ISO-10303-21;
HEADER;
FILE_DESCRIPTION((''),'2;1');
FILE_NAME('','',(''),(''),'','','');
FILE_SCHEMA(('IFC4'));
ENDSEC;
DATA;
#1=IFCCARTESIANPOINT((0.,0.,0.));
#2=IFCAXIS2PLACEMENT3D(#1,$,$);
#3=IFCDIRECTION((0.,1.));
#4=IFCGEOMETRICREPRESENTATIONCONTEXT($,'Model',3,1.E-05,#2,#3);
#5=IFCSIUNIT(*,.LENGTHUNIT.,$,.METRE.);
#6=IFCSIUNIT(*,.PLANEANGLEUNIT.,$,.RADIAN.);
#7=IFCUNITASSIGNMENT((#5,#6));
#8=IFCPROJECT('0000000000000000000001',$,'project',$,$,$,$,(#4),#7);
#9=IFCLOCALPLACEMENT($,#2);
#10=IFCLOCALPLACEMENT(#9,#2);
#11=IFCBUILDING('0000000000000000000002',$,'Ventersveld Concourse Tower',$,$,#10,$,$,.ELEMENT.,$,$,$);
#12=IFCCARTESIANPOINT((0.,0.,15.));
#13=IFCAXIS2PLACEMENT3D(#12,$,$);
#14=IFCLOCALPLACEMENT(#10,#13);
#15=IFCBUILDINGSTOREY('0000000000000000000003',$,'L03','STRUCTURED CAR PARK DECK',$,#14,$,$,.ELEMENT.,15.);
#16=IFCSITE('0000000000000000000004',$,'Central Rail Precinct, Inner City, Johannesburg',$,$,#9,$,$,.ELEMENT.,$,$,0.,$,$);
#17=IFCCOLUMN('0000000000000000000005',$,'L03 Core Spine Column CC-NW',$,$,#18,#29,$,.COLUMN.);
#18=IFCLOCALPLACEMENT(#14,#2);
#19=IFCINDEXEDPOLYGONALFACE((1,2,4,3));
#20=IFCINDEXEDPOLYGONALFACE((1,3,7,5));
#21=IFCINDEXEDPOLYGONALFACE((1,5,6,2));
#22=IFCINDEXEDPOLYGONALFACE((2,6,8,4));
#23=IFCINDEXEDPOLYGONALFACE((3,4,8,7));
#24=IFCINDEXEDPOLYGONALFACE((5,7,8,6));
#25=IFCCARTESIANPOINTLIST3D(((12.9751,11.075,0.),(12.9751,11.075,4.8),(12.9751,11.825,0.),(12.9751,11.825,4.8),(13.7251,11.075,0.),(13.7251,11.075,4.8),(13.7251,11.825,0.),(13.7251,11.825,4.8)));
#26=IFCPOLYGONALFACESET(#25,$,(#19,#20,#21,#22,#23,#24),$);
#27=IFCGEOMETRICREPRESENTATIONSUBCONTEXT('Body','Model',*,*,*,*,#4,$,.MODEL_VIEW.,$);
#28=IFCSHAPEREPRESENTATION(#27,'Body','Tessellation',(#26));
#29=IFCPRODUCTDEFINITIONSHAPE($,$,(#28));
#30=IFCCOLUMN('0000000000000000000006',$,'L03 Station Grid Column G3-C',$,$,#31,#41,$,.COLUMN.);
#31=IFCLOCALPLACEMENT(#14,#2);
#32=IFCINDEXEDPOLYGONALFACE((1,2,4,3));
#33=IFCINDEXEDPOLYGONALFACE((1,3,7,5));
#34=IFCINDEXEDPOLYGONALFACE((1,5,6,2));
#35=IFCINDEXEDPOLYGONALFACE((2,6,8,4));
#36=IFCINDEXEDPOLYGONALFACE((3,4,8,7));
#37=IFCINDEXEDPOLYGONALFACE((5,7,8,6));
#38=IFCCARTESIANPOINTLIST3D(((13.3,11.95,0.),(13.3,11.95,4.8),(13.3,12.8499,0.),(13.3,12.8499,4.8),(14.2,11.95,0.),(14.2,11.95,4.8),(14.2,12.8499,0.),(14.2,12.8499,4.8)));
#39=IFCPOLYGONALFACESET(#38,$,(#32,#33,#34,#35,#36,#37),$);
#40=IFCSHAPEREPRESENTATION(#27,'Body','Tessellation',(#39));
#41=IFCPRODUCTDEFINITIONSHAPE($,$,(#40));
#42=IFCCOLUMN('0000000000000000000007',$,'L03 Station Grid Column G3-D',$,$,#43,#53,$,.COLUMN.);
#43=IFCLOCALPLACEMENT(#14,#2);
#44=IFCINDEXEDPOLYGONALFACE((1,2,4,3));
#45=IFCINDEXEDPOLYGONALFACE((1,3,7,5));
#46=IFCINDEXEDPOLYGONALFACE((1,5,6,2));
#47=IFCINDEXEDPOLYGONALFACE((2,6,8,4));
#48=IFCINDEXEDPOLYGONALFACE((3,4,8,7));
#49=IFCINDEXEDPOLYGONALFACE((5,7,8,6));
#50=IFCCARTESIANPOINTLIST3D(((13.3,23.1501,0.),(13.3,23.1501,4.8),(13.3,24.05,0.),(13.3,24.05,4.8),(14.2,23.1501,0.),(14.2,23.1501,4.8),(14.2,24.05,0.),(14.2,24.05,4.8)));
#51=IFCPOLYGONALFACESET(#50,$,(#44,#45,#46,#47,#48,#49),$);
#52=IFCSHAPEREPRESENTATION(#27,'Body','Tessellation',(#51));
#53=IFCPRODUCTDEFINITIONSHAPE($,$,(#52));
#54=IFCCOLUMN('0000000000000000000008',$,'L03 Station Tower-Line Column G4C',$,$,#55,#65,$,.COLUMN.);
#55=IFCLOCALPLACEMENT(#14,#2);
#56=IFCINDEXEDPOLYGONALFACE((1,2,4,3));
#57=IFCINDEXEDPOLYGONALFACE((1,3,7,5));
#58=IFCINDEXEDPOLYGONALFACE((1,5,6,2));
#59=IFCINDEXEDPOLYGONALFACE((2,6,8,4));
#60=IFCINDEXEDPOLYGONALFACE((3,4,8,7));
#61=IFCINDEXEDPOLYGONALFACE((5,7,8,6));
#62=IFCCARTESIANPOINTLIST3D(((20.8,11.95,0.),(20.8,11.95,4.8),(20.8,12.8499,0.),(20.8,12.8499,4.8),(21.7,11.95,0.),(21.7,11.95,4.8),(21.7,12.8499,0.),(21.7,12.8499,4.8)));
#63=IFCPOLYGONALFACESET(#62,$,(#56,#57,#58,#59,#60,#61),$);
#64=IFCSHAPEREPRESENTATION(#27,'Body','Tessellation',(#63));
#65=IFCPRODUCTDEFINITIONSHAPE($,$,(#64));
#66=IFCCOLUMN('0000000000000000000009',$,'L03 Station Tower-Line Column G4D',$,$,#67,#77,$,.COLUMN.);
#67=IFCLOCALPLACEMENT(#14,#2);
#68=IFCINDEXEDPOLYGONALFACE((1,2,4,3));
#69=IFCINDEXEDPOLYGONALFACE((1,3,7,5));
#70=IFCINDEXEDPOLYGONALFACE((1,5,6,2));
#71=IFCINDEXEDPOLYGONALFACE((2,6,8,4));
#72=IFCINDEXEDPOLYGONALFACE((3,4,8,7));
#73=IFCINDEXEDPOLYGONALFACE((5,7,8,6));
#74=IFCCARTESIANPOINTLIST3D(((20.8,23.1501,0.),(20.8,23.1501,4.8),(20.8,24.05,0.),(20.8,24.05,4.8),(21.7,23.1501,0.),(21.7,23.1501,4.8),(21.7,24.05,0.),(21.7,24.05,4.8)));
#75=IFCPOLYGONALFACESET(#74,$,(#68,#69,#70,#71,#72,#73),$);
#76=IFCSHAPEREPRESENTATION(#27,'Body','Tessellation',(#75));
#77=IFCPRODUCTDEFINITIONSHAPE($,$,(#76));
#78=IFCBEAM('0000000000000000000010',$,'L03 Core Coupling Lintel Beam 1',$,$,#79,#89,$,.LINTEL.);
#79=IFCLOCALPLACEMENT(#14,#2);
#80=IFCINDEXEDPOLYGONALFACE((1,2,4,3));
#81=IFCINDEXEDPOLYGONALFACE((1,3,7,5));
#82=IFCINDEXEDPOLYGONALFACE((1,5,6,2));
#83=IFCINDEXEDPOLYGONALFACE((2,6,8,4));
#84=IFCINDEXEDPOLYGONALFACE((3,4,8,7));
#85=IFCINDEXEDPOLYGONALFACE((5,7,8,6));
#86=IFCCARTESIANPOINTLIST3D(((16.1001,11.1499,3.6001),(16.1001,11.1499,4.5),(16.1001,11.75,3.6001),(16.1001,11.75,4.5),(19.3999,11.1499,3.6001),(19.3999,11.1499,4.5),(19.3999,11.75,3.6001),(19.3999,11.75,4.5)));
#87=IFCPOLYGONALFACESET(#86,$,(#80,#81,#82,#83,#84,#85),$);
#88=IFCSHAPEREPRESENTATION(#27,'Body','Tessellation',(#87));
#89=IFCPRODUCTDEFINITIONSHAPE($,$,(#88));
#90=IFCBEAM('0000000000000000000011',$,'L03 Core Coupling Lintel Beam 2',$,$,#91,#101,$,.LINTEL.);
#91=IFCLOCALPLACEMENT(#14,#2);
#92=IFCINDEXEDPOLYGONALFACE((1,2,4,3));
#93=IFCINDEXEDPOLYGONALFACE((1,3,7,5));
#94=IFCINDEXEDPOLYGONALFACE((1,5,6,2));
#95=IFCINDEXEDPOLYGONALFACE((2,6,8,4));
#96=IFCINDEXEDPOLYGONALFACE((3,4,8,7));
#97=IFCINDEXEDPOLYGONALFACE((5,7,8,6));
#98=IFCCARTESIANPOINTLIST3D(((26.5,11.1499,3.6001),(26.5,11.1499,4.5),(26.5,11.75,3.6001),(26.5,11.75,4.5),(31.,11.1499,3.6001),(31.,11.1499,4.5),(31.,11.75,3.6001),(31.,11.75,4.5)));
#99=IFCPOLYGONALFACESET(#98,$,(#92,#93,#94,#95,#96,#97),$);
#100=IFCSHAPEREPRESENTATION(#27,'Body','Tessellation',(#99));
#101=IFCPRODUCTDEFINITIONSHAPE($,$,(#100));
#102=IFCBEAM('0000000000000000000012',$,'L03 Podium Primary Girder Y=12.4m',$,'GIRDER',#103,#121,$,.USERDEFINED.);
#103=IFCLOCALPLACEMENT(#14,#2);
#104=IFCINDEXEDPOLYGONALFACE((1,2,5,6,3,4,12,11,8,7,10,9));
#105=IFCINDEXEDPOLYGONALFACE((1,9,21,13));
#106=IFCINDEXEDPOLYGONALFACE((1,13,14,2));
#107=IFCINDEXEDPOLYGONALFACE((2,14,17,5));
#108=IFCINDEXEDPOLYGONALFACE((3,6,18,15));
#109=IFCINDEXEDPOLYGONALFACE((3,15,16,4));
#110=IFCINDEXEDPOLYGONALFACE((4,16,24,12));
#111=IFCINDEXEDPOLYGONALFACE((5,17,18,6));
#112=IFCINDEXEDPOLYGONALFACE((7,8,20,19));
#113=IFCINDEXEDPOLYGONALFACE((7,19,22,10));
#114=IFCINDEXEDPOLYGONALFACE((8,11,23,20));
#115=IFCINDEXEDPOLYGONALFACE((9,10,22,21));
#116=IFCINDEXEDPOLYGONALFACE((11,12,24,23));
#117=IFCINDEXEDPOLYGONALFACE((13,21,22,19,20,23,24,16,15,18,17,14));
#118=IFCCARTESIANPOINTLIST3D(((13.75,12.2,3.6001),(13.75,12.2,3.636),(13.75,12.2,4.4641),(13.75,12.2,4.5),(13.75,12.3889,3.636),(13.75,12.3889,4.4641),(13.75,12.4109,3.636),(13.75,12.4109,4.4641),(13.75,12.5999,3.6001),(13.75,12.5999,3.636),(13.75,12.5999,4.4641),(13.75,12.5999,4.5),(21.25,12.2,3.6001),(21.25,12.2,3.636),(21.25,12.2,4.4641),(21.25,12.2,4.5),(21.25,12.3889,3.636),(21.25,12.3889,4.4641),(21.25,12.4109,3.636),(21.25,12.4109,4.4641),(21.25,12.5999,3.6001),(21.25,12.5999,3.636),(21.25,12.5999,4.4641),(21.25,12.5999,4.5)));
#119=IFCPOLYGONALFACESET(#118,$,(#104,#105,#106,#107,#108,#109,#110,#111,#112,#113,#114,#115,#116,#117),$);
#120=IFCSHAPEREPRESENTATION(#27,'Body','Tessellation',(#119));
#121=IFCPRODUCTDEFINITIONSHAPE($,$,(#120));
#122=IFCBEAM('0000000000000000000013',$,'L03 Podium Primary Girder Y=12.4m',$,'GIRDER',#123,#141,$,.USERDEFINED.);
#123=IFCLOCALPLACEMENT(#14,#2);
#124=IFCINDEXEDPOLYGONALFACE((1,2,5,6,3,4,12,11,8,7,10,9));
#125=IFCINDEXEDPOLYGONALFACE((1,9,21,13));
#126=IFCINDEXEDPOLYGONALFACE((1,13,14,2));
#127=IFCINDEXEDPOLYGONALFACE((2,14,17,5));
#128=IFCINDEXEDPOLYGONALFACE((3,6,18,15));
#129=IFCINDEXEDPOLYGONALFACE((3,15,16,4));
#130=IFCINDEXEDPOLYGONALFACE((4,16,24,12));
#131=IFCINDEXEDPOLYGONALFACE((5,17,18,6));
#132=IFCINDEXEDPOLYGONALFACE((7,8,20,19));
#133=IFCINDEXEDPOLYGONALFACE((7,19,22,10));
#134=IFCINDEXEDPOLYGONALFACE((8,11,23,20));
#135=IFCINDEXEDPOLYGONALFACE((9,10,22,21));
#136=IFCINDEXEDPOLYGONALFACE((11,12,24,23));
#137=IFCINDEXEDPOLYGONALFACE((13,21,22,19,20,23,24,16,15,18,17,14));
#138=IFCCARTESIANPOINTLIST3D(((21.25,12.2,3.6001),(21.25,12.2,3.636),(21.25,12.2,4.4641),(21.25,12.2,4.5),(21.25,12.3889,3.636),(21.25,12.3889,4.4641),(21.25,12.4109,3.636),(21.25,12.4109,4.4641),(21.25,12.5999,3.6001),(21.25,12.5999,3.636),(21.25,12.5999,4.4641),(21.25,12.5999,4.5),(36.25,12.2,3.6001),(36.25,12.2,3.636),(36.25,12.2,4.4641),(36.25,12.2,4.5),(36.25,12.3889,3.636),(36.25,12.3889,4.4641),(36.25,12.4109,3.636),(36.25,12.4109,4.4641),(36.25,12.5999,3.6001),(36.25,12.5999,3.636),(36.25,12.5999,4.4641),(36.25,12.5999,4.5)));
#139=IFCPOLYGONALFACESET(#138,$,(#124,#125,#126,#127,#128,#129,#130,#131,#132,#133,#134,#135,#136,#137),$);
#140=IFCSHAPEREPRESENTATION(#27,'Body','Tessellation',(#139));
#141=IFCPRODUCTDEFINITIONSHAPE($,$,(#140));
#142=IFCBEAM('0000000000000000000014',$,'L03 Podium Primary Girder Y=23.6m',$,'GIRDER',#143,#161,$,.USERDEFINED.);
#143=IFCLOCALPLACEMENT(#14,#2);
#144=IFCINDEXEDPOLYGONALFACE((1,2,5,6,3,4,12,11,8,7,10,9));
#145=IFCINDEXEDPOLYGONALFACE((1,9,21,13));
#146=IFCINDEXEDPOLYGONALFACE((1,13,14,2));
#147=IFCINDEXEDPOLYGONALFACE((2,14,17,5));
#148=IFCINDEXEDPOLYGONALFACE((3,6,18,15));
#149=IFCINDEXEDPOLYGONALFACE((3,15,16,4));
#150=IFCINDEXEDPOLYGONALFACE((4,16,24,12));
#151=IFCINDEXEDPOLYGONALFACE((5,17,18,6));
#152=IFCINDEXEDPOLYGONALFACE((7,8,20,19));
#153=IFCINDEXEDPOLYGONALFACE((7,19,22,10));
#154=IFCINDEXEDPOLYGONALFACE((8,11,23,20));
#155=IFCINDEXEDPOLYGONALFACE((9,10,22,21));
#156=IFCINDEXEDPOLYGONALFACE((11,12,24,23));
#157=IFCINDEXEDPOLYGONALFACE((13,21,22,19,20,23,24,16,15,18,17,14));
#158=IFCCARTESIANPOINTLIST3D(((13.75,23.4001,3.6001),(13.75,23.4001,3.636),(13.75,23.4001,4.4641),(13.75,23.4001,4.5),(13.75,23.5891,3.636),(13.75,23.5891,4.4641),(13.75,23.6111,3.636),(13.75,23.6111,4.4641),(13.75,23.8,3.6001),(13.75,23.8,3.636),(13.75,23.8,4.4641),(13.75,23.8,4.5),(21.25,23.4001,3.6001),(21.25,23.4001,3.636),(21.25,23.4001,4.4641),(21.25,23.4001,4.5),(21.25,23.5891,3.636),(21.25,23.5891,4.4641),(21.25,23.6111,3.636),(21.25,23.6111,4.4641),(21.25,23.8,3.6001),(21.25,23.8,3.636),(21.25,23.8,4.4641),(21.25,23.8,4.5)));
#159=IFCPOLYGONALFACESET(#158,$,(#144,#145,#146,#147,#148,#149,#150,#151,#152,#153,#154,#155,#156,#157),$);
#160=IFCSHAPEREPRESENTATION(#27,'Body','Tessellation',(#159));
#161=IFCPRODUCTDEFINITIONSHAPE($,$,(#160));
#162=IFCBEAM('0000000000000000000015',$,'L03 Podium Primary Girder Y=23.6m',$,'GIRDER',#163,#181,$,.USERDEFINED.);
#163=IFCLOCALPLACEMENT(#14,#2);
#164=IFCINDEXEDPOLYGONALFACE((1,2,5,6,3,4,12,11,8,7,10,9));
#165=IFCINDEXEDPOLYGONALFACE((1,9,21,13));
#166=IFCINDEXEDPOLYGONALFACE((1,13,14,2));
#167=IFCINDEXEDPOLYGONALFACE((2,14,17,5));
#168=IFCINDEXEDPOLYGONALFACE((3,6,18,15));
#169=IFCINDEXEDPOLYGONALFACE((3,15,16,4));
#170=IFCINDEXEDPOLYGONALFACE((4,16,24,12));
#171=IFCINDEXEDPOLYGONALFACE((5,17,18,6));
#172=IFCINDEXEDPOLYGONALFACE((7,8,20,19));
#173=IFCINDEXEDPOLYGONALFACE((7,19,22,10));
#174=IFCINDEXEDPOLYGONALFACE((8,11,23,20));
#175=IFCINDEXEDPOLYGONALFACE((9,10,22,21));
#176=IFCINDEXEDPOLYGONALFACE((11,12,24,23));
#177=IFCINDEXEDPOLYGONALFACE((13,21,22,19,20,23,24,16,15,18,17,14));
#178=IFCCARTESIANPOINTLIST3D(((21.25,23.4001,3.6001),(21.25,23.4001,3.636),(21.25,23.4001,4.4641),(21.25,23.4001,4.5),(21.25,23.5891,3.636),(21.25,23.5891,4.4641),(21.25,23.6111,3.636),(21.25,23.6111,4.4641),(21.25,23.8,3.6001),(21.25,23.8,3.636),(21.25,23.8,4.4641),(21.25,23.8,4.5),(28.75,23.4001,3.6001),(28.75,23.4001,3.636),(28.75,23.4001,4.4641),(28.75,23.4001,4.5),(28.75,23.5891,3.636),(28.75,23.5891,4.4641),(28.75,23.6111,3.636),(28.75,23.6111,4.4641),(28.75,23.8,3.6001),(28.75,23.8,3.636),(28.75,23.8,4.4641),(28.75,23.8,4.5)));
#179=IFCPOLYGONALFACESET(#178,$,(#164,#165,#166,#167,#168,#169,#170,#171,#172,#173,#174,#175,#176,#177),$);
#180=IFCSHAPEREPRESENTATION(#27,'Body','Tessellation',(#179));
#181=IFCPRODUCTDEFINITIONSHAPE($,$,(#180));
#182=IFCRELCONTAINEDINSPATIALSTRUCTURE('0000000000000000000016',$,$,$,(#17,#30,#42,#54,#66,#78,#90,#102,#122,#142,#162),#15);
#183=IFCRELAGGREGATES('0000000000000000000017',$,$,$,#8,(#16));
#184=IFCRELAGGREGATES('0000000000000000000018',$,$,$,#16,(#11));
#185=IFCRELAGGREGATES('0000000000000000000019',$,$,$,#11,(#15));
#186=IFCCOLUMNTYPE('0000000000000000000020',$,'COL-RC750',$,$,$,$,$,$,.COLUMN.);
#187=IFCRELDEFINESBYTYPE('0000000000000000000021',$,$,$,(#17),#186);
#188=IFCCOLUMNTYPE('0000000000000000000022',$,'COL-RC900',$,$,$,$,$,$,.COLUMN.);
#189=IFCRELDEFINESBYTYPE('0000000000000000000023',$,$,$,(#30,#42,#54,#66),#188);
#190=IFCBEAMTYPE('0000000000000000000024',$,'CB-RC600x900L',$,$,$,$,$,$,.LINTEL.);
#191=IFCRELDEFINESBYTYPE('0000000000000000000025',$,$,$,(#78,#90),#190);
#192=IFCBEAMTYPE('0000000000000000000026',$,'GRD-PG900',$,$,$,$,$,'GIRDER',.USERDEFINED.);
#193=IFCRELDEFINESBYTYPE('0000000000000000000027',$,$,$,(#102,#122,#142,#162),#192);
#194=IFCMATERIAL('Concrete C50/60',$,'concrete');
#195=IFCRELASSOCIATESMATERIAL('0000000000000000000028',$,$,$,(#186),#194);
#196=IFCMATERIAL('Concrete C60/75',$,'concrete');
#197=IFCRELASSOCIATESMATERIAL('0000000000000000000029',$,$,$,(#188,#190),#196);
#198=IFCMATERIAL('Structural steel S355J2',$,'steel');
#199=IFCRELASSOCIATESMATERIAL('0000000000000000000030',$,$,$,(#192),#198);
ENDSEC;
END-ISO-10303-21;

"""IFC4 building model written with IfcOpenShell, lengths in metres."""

from ifc_helpers import new_model, si_unit, direction, frame, origin, origin_2d, place, context, subcontext, project, spatial, rectangle, i_section, extrude, material, material_profile, profile_set, type_object, element, save


model = new_model("IFC4")

# Units and contexts
model_context = context("Model", 3, precision=1e-05, world=origin(), true_north=direction((0.0, 1.0)))
body_context = subcontext(model_context, "Body", "Model", "MODEL_VIEW")
ifc_project = project(units=[si_unit("LENGTHUNIT", "METRE"), si_unit("PLANEANGLEUNIT", "RADIAN")], contexts=[model_context])

# Site, building, storey
site_placement = place(None, origin())
site = spatial("IfcSite", under=ifc_project, at=site_placement, Name="Central Rail Precinct, Inner City, Johannesburg", CompositionType="ELEMENT", RefElevation=0.0)
building_placement = place(site_placement, origin())
building = spatial("IfcBuilding", under=site, at=building_placement, Name="Ventersveld Concourse Tower", CompositionType="ELEMENT")
storey_placement = place(building_placement, frame((0.0, 0.0, 15.0)))
storey = spatial("IfcBuildingStorey", under=building, at=storey_placement, Name="L03", Description="STRUCTURED CAR PARK DECK", CompositionType="ELEMENT", Elevation=15.0)

# Columns
ifc_material_1 = material(Name="Concrete C50/60", Category="concrete")
ifc_material_profile_1 = material_profile(ifc_material_1, rectangle(XDim=0.75, YDim=0.75, at=origin_2d()), Name="RC 750x750")
ifc_profile_set_1 = profile_set([ifc_material_profile_1], Name="Concrete C50/60")
column_type_1 = type_object("IfcColumnType", Name="COL-RC750", PredefinedType="COLUMN", material=ifc_profile_set_1)
column_placement = place(storey_placement, frame((13.3501, 11.45, 0.0), z_axis=(0.0, 0.0, 1.0), x_axis=(1.0, 0.0, 0.0)))
element("IfcColumn", 1, at=column_placement, inside=storey, type_object=column_type_1, Name="L03 Core Spine Column CC-NW", PredefinedType="COLUMN", context=body_context, shape_type="SweptSolid", body=[
    extrude(rectangle(XDim=0.75, YDim=0.75, at=origin_2d()), origin(), (0.0, 0.0, 1.0), 4.8),
])
ifc_material_2 = material(Name="Concrete C60/75", Category="concrete")
ifc_material_profile_2 = material_profile(ifc_material_2, rectangle(XDim=0.8999, YDim=0.8999, at=origin_2d()), Name="RC 900x900")
ifc_profile_set_2 = profile_set([ifc_material_profile_2], Name="Concrete C60/75")
column_type_2 = type_object("IfcColumnType", Name="COL-RC900", PredefinedType="COLUMN", material=ifc_profile_set_2)
for number, where, z_axis, x_axis, name in (
    (2, (13.75, 12.3999, 0.0), (0.0, 0.0, 1.0), (1.0, 0.0, 0.0), "L03 Station Grid Column G3-C"),
    (3, (13.75, 23.6001, 0.0), (0.0, 0.0, 1.0), (1.0, 0.0, 0.0), "L03 Station Grid Column G3-D"),
    (4, (21.25, 12.3999, 0.0), (0.0, 0.0, 1.0), (1.0, 0.0, 0.0), "L03 Station Tower-Line Column G4C"),
    (5, (21.25, 23.6001, 0.0), (0.0, 0.0, 1.0), (1.0, 0.0, 0.0), "L03 Station Tower-Line Column G4D"),
):
    element("IfcColumn", number, at=place(storey_placement, frame(where, z_axis=z_axis, x_axis=x_axis)), inside=storey, type_object=column_type_2, Name=name, PredefinedType="COLUMN", context=body_context, shape_type="SweptSolid", body=[
        extrude(rectangle(XDim=0.8999, YDim=0.8999, at=origin_2d()), origin(), (0.0, 0.0, 1.0), 4.8),
    ])

# Beams
ifc_material_profile_3 = material_profile(ifc_material_2, rectangle(XDim=0.6001, YDim=0.8999, at=origin_2d()), Name="RC 600x900")
ifc_profile_set_3 = profile_set([ifc_material_profile_3], Name="Concrete C60/75")
beam_type_1 = type_object("IfcBeamType", Name="CB-RC600x900L", PredefinedType="LINTEL", material=ifc_profile_set_3)
beam_1_placement = place(storey_placement, frame((16.1001, 11.45, 4.05), z_axis=(1.0, 0.0, 0.0), x_axis=(0.0, 1.0, 0.0)))
element("IfcBeam", 6, at=beam_1_placement, inside=storey, type_object=beam_type_1, Name="L03 Core Coupling Lintel Beam 1", PredefinedType="LINTEL", context=body_context, shape_type="SweptSolid", body=[
    extrude(rectangle(XDim=0.6001, YDim=0.8999, at=origin_2d()), origin(), (0.0, 0.0, 1.0), 3.2998),
])
beam_2_placement = place(storey_placement, frame((26.5, 11.45, 4.05), z_axis=(1.0, 0.0, 0.0), x_axis=(0.0, 1.0, 0.0)))
element("IfcBeam", 7, at=beam_2_placement, inside=storey, type_object=beam_type_1, Name="L03 Core Coupling Lintel Beam 2", PredefinedType="LINTEL", context=body_context, shape_type="SweptSolid", body=[
    extrude(rectangle(XDim=0.6001, YDim=0.8999, at=origin_2d()), origin(), (0.0, 0.0, 1.0), 4.5),
])
ifc_material_3 = material(Name="Structural steel S355J2", Category="steel")
ifc_material_profile_4 = material_profile(ifc_material_3, i_section(OverallWidth=0.3999, OverallDepth=0.8999, WebThickness=0.022, FlangeThickness=0.0359, at=origin_2d()), Name="PG 900x400x36")
ifc_profile_set_4 = profile_set([ifc_material_profile_4], Name="Structural steel S355J2")
beam_type_2 = type_object("IfcBeamType", Name="GRD-PG900", ElementType="GIRDER", PredefinedType="USERDEFINED", material=ifc_profile_set_4)
beam_3_placement = place(storey_placement, frame((13.75, 12.3999, 4.05), z_axis=(1.0, 0.0, 0.0), x_axis=(0.0, 1.0, 0.0)))
element("IfcBeam", 8, at=beam_3_placement, inside=storey, type_object=beam_type_2, Name="L03 Podium Primary Girder Y=12.4m", ObjectType="GIRDER", PredefinedType="USERDEFINED", context=body_context, shape_type="SweptSolid", body=[
    extrude(i_section(OverallWidth=0.3999, OverallDepth=0.8999, WebThickness=0.022, FlangeThickness=0.0359, at=origin_2d()), origin(), (0.0, 0.0, 1.0), 7.5),
])
beam_4_placement = place(storey_placement, frame((21.25, 12.3999, 4.05), z_axis=(1.0, 0.0, 0.0), x_axis=(0.0, 1.0, 0.0)))
element("IfcBeam", 9, at=beam_4_placement, inside=storey, type_object=beam_type_2, Name="L03 Podium Primary Girder Y=12.4m", ObjectType="GIRDER", PredefinedType="USERDEFINED", context=body_context, shape_type="SweptSolid", body=[
    extrude(i_section(OverallWidth=0.3999, OverallDepth=0.8999, WebThickness=0.022, FlangeThickness=0.0359, at=origin_2d()), origin(), (0.0, 0.0, 1.0), 15.0),
])
for number, where, z_axis, x_axis, name in (
    (10, (13.75, 23.6001, 4.05), (1.0, 0.0, 0.0), (0.0, 1.0, 0.0), "L03 Podium Primary Girder Y=23.6m"),
    (11, (21.25, 23.6001, 4.05), (1.0, 0.0, 0.0), (0.0, 1.0, 0.0), "L03 Podium Primary Girder Y=23.6m"),
):
    element("IfcBeam", number, at=place(storey_placement, frame(where, z_axis=z_axis, x_axis=x_axis)), inside=storey, type_object=beam_type_2, Name=name, ObjectType="GIRDER", PredefinedType="USERDEFINED", context=body_context, shape_type="SweptSolid", body=[
        extrude(i_section(OverallWidth=0.3999, OverallDepth=0.8999, WebThickness=0.022, FlangeThickness=0.0359, at=origin_2d()), origin(), (0.0, 0.0, 1.0), 7.5),
    ])

save(model, "model.ifc")
